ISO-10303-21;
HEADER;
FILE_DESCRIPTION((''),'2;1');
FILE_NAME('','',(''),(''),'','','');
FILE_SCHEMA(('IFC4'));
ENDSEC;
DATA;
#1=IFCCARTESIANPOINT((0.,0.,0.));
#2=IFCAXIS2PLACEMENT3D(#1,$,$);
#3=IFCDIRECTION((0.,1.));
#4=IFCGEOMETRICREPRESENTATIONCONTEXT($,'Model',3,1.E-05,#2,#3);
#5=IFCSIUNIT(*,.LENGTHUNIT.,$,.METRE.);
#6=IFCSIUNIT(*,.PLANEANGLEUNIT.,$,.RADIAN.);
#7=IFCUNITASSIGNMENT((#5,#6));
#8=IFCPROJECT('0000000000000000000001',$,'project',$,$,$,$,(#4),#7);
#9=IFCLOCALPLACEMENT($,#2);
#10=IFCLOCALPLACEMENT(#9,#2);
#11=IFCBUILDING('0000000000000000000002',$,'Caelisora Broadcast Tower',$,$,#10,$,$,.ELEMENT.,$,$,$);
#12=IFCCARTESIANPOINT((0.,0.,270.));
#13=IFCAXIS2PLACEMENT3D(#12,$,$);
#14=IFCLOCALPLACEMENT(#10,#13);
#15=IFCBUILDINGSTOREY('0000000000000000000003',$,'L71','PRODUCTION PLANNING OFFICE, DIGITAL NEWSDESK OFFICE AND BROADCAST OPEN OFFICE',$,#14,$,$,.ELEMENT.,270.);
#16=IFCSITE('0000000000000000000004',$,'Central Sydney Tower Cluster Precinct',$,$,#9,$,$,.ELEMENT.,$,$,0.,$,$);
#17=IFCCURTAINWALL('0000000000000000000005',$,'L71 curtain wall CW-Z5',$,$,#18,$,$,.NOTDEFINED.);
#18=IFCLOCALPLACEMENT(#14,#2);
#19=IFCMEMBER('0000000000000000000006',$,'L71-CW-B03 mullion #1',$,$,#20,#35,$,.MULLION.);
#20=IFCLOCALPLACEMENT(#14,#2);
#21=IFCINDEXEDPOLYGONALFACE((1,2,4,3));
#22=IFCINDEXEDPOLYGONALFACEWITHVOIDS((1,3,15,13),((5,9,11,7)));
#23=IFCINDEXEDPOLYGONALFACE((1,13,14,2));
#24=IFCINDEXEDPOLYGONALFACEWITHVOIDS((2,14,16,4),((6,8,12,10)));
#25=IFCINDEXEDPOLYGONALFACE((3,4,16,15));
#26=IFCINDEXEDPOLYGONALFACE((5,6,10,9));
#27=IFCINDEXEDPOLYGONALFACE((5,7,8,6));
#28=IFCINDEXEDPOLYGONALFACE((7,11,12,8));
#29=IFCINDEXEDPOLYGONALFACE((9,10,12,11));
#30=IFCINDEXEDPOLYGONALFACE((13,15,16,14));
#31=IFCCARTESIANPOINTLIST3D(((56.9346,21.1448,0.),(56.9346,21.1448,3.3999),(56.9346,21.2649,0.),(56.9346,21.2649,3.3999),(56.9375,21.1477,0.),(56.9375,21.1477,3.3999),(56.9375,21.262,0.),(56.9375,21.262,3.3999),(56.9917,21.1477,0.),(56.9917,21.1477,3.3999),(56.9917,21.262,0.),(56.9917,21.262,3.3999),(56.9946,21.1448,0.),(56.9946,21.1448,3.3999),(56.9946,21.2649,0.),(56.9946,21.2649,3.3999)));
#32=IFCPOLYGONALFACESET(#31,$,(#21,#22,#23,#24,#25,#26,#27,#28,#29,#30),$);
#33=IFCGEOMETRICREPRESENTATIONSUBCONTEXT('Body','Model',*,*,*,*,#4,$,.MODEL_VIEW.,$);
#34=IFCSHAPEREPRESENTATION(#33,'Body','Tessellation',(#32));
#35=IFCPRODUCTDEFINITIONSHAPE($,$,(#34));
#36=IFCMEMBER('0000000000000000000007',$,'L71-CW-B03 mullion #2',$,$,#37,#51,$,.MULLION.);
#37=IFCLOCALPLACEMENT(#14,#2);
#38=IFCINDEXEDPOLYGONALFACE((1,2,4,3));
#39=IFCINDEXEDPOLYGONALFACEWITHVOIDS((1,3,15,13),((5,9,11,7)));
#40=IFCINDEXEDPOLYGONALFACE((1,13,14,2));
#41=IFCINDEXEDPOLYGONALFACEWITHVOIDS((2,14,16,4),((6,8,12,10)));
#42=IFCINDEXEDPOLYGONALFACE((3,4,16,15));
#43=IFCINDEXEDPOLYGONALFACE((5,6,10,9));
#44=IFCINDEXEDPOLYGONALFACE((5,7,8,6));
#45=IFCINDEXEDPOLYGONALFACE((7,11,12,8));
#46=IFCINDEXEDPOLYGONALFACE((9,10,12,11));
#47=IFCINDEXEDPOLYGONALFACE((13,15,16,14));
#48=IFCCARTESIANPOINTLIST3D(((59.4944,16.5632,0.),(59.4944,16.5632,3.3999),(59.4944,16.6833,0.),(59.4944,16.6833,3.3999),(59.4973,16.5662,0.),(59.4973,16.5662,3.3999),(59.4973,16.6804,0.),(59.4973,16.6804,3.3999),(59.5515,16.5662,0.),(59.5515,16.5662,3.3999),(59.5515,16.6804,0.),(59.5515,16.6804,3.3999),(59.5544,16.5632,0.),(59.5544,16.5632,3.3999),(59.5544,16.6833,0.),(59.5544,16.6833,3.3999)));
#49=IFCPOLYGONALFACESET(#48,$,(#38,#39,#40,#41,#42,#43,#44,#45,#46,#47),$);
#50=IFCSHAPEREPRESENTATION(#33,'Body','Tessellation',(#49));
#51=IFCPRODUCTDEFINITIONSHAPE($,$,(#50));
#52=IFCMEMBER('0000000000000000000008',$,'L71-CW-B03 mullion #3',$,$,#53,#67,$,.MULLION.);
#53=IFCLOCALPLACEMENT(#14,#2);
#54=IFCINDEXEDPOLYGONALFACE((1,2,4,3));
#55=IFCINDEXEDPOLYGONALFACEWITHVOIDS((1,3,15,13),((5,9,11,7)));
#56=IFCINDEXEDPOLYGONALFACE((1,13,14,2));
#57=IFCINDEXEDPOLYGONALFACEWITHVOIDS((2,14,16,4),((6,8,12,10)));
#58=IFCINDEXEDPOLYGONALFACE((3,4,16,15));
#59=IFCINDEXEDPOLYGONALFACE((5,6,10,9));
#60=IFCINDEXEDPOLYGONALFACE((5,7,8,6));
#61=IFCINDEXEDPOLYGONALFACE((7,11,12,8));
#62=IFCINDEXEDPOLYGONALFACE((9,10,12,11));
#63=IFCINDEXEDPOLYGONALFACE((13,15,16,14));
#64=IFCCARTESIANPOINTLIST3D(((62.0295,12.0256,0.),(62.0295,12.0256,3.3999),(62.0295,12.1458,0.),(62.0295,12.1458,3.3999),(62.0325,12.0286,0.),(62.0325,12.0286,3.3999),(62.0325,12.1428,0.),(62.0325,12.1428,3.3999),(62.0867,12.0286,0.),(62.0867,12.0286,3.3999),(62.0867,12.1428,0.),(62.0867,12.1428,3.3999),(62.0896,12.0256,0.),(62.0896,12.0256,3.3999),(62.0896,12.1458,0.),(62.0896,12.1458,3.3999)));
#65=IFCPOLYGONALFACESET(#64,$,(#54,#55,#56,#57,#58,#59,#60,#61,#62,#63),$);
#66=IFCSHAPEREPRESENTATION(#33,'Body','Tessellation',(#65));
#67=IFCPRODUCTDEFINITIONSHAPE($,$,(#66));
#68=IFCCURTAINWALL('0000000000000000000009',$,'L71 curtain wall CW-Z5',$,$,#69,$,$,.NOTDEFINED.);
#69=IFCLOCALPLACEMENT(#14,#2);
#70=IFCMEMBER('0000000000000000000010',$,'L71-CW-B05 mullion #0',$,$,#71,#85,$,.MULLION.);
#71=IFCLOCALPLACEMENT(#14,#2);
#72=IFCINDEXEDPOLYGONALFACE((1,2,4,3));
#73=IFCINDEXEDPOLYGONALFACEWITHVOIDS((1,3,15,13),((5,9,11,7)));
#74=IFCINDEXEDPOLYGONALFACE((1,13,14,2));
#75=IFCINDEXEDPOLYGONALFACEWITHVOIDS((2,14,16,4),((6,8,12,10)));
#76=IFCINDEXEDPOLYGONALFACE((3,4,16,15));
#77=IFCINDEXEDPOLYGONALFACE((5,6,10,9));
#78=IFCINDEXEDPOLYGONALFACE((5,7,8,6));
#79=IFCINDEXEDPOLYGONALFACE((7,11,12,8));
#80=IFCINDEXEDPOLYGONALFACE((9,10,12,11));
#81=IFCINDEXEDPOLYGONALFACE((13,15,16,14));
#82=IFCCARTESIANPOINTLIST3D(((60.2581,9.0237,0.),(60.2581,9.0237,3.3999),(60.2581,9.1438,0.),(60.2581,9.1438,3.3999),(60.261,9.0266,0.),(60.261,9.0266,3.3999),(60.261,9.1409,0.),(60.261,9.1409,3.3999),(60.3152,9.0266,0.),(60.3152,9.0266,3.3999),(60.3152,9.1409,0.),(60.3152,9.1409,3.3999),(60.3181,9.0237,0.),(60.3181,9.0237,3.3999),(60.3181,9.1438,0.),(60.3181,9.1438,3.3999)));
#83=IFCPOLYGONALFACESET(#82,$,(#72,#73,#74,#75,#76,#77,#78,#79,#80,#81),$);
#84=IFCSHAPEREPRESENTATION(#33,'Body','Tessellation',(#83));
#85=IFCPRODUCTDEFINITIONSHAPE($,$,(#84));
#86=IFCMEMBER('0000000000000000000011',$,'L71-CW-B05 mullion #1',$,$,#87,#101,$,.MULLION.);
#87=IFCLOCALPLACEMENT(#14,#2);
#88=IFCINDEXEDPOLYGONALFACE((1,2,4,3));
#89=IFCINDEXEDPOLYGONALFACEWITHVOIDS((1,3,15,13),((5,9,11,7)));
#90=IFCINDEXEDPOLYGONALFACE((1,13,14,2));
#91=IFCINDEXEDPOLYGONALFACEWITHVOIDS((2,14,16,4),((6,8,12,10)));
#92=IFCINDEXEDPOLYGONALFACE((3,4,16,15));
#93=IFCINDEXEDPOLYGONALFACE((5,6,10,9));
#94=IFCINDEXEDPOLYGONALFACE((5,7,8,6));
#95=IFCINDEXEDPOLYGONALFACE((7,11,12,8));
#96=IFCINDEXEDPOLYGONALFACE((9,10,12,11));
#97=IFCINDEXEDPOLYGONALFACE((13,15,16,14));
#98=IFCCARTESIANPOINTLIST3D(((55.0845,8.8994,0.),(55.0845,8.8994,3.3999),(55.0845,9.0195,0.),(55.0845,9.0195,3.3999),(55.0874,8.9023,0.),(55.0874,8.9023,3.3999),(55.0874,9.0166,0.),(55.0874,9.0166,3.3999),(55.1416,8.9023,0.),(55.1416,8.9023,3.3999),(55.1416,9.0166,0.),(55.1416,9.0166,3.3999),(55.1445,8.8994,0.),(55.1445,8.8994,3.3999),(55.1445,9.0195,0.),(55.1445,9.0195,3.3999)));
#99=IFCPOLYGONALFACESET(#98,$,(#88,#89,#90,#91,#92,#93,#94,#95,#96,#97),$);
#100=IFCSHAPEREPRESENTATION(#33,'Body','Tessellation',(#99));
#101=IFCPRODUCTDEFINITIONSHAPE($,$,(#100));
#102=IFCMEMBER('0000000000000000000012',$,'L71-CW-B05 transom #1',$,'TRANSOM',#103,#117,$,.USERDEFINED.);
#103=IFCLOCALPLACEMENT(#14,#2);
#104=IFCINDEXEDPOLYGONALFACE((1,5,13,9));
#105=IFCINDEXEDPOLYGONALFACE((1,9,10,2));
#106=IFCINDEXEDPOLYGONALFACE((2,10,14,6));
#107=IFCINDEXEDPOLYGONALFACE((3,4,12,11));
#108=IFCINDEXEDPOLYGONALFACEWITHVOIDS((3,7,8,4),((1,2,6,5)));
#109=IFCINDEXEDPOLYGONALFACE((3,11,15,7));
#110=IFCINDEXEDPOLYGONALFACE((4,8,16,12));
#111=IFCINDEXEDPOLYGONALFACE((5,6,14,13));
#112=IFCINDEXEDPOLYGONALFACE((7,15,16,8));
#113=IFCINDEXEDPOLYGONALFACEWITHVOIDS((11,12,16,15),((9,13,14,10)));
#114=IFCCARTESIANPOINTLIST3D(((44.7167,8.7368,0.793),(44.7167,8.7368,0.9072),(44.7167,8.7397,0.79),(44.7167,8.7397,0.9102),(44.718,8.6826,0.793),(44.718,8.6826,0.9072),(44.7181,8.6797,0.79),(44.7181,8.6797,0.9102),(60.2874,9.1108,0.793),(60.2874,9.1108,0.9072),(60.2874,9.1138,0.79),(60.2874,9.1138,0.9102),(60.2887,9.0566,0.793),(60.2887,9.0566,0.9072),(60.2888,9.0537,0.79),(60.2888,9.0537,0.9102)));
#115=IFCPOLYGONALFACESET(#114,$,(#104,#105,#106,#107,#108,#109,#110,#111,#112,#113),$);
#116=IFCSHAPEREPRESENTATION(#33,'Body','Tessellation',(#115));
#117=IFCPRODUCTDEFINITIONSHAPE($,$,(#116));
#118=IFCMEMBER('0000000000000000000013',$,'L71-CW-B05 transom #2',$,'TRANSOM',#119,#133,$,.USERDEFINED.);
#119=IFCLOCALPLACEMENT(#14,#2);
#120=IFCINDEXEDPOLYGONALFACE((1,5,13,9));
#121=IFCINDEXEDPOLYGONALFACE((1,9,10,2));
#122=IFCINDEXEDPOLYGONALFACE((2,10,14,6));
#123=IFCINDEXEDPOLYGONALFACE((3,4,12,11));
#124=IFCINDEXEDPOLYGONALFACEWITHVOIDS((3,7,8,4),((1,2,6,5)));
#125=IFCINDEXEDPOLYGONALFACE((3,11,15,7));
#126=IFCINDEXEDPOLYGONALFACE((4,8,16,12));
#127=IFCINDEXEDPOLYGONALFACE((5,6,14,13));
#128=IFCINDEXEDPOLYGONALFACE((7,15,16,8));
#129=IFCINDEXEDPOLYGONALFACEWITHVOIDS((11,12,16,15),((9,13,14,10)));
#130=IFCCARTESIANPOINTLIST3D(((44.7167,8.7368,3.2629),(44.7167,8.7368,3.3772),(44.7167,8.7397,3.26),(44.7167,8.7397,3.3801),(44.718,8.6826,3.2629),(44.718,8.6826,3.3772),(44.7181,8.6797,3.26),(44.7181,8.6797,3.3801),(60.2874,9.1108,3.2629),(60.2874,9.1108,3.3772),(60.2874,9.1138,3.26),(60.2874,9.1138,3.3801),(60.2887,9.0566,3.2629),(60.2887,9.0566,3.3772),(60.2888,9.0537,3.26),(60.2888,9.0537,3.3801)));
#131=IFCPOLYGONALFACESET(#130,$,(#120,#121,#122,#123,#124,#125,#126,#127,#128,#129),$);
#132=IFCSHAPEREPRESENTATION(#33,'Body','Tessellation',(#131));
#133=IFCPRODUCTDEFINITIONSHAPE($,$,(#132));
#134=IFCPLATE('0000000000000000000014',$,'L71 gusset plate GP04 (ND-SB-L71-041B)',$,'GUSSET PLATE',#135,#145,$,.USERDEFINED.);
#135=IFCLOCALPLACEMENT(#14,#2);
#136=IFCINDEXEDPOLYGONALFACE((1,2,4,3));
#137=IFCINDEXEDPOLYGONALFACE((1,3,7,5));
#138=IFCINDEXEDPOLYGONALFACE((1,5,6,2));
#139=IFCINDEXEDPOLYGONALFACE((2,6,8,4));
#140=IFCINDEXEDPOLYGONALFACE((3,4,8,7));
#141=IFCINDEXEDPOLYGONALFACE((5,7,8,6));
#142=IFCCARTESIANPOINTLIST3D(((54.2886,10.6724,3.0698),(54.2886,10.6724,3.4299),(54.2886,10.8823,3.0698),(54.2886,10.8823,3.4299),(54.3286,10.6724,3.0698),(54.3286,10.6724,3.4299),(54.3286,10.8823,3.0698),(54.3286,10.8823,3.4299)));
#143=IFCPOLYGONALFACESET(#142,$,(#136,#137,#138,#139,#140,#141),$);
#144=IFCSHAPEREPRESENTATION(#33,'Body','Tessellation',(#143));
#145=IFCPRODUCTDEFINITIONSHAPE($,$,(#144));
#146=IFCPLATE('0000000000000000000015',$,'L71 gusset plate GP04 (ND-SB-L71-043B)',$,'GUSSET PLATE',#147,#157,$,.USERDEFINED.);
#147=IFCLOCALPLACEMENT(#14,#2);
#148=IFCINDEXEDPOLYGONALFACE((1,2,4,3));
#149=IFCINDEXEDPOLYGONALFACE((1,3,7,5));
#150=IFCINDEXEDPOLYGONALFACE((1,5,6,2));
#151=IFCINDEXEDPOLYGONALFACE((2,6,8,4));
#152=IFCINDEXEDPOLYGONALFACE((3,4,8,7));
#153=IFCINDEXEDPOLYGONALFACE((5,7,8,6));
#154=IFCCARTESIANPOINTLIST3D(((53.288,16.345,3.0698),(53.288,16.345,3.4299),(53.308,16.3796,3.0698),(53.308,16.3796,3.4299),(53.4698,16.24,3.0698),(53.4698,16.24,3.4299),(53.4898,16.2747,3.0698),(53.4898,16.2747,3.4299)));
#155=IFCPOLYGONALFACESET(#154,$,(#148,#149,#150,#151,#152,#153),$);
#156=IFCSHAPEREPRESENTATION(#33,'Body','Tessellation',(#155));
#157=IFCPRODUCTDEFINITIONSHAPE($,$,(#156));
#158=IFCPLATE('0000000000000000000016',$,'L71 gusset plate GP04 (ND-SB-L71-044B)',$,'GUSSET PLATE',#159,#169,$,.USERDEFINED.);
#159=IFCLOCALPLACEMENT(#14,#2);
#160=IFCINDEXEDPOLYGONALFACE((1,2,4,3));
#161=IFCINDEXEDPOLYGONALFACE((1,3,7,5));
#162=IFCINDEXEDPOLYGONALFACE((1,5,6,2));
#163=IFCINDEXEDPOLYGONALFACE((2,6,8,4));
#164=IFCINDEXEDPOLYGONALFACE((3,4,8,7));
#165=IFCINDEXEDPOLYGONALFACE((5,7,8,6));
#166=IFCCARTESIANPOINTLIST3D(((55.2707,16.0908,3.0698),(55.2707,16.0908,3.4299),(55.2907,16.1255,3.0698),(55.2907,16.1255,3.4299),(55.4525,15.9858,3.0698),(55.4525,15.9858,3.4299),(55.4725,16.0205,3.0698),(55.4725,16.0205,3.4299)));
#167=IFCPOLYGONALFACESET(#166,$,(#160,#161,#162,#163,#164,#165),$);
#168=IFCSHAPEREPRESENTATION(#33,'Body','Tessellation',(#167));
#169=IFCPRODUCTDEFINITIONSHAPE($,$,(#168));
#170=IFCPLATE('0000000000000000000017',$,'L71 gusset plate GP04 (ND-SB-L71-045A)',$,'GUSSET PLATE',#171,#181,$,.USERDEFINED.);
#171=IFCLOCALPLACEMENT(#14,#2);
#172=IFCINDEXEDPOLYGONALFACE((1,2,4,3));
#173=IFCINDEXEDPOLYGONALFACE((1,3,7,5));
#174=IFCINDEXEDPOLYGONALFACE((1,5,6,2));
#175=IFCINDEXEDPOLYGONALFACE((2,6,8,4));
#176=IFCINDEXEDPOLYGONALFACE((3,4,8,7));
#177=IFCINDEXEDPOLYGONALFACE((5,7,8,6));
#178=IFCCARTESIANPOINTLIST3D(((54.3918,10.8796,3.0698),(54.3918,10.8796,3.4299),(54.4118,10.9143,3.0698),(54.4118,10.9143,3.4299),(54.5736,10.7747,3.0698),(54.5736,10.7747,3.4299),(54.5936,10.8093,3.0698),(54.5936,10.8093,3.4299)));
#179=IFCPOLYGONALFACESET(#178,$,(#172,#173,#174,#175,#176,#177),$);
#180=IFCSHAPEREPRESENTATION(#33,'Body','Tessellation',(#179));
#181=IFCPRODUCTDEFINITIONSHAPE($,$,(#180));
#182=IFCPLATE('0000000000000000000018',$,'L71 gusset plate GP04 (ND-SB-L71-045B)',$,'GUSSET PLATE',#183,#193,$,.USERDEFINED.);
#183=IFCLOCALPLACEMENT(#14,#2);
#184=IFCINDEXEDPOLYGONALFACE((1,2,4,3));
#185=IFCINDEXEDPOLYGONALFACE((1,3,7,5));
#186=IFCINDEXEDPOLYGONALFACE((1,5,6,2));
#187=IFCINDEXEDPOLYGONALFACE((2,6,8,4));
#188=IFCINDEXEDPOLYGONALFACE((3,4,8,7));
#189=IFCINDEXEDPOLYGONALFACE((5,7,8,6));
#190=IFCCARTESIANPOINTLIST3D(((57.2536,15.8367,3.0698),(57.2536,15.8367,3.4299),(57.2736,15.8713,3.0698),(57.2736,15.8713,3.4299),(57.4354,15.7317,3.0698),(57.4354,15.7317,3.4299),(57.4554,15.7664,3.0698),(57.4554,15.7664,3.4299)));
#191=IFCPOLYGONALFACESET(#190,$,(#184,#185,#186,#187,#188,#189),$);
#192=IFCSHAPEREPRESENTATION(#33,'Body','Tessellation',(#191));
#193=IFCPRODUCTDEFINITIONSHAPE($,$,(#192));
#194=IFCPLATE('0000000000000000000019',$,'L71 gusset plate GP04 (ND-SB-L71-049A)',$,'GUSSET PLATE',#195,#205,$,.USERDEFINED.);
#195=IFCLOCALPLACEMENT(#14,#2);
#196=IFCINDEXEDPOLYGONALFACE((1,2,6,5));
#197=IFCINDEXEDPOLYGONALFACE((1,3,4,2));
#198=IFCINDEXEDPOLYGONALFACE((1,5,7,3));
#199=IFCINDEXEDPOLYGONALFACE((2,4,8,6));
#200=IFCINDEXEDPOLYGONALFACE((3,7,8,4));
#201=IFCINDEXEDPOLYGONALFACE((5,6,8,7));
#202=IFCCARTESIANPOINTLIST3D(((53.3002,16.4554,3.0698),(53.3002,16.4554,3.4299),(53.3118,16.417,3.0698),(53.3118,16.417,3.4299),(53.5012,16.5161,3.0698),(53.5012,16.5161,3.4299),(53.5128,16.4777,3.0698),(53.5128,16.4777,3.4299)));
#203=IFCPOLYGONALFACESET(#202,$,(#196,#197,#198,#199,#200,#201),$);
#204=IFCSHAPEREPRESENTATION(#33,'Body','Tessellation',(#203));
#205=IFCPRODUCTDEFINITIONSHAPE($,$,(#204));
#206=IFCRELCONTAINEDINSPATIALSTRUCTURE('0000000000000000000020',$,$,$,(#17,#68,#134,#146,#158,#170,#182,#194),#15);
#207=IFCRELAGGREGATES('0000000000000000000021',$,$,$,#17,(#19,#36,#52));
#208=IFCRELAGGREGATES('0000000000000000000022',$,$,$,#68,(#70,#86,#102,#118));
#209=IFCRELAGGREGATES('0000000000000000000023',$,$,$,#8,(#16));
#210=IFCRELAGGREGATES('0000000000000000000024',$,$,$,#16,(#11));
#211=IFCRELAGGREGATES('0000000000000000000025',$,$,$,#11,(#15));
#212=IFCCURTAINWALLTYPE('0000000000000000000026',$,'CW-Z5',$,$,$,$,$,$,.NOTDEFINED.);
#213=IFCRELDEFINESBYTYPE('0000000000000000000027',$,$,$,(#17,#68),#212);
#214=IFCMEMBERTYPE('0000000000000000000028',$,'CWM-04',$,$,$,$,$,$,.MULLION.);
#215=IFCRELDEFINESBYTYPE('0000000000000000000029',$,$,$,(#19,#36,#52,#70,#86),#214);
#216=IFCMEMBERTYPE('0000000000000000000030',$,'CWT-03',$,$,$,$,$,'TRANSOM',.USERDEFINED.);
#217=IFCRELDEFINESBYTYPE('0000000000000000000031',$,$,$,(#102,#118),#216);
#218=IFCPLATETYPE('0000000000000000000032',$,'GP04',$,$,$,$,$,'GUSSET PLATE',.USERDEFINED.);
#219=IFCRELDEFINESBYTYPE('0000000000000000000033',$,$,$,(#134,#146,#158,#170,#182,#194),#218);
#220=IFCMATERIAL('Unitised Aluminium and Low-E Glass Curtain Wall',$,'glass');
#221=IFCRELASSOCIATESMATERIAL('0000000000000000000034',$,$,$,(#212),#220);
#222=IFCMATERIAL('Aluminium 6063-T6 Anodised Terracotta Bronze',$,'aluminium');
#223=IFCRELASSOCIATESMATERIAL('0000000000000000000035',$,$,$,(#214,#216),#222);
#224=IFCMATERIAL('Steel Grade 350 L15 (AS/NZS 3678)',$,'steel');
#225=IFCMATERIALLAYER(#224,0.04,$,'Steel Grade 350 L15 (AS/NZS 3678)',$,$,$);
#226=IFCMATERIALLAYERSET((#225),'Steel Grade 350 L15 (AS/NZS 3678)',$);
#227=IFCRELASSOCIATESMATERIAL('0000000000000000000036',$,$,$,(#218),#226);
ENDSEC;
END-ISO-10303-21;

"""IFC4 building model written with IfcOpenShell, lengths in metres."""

from ifc_helpers import new_model, si_unit, direction, frame, origin, origin_2d, place, context, subcontext, project, spatial, rectangle, hollow_rectangle, extrude, source, transform, mapped, material, layer, layer_set, material_profile, profile_set, type_object, type_shapes, element, aggregate, save


model = new_model("IFC4")

# Units and contexts
model_context = context("Model", 3, precision=1e-05, world=origin(), true_north=direction((0.0, 1.0)))
body_context = subcontext(model_context, "Body", "Model", "MODEL_VIEW")
ifc_project = project(units=[si_unit("LENGTHUNIT", "METRE"), si_unit("PLANEANGLEUNIT", "RADIAN")], contexts=[model_context])

# Site, building, storey
site_placement = place(None, origin())
site = spatial("IfcSite", under=ifc_project, at=site_placement, Name="Central Sydney Tower Cluster Precinct", CompositionType="ELEMENT", RefElevation=0.0)
building_placement = place(site_placement, origin())
building = spatial("IfcBuilding", under=site, at=building_placement, Name="Caelisora Broadcast Tower", CompositionType="ELEMENT")
storey_placement = place(building_placement, frame((0.0, 0.0, 270.0)))
storey = spatial("IfcBuildingStorey", under=building, at=storey_placement, Name="L71", Description="PRODUCTION PLANNING OFFICE, DIGITAL NEWSDESK OFFICE AND BROADCAST OPEN OFFICE", CompositionType="ELEMENT", Elevation=270.0)

# Shared definitions
ifc_material_1 = material(Name="Steel Grade 350 L15 (AS/NZS 3678)", Category="steel")

# Curtain walls, members
ifc_material_2 = material(Name="Unitised Aluminium and Low-E Glass Curtain Wall", Category="glass")
curtain_wall_type = type_object("IfcCurtainWallType", Name="CW-Z5", PredefinedType="NOTDEFINED", material=ifc_material_2)
curtain_wall_1_placement = place(storey_placement, origin())
curtain_wall_1 = element("IfcCurtainWall", 1, at=curtain_wall_1_placement, inside=storey, type_object=curtain_wall_type, Name="L71 curtain wall CW-Z5", PredefinedType="NOTDEFINED")
ifc_material_3 = material(Name="Aluminium 6063-T6 Anodised Terracotta Bronze", Category="aluminium")
ifc_material_profile_1 = material_profile(ifc_material_3, hollow_rectangle(XDim=0.0601, YDim=0.1201, WallThickness=0.0029, at=origin_2d()), Name="Aluminium 6063-T6 Anodised Terracotta Bronze")
ifc_profile_set_1 = profile_set([ifc_material_profile_1], Name="Aluminium 6063-T6 Anodised Terracotta Bronze")
member_type_1 = type_object("IfcMemberType", Name="CWM-04", PredefinedType="MULLION", material=ifc_profile_set_1)
shared_shape_1 = source(origin(), body_context, "Body", "SweptSolid", [
    extrude(hollow_rectangle(XDim=0.0601, YDim=0.1201, WallThickness=0.0029, at=origin_2d()), origin(), (0.0, 0.0, 1.0), 3.3999),
])
type_shapes(member_type_1, [shared_shape_1])
member_1_placement = place(storey_placement, frame((56.9646, 21.2048, 0.0), z_axis=(0.0, 0.0, 1.0), x_axis=(1.0, 0.0, 0.0)))
member_1 = element("IfcMember", 2, at=member_1_placement, type_object=member_type_1, Name="L71-CW-B03 mullion #1", PredefinedType="MULLION", context=body_context, shape_type="MappedRepresentation", body=[
    mapped(shared_shape_1, transform((0.0, 0.0, 0.0), scale=1.0)),
])
member_2_placement = place(storey_placement, frame((59.5244, 16.6233, 0.0), z_axis=(0.0, 0.0, 1.0), x_axis=(1.0, 0.0, 0.0)))
member_2 = element("IfcMember", 3, at=member_2_placement, type_object=member_type_1, Name="L71-CW-B03 mullion #2", PredefinedType="MULLION", context=body_context, shape_type="MappedRepresentation", body=[
    mapped(shared_shape_1, transform((0.0, 0.0, 0.0), scale=1.0)),
])
member_3_placement = place(storey_placement, frame((62.0596, 12.0857, 0.0), z_axis=(0.0, 0.0, 1.0), x_axis=(1.0, 0.0, 0.0)))
member_3 = element("IfcMember", 4, at=member_3_placement, type_object=member_type_1, Name="L71-CW-B03 mullion #3", PredefinedType="MULLION", context=body_context, shape_type="MappedRepresentation", body=[
    mapped(shared_shape_1, transform((0.0, 0.0, 0.0), scale=1.0)),
])
curtain_wall_2_placement = place(storey_placement, origin())
curtain_wall_2 = element("IfcCurtainWall", 5, at=curtain_wall_2_placement, inside=storey, type_object=curtain_wall_type, Name="L71 curtain wall CW-Z5", PredefinedType="NOTDEFINED")
member_4_placement = place(storey_placement, frame((60.2881, 9.0837, 0.0), z_axis=(0.0, 0.0, 1.0), x_axis=(1.0, 0.0, 0.0)))
member_4 = element("IfcMember", 6, at=member_4_placement, type_object=member_type_1, Name="L71-CW-B05 mullion #0", PredefinedType="MULLION", context=body_context, shape_type="MappedRepresentation", body=[
    mapped(shared_shape_1, transform((0.0, 0.0, 0.0), scale=1.0)),
])
member_5_placement = place(storey_placement, frame((55.1145, 8.9595, 0.0), z_axis=(0.0, 0.0, 1.0), x_axis=(1.0, 0.0, 0.0)))
member_5 = element("IfcMember", 7, at=member_5_placement, type_object=member_type_1, Name="L71-CW-B05 mullion #1", PredefinedType="MULLION", context=body_context, shape_type="MappedRepresentation", body=[
    mapped(shared_shape_1, transform((0.0, 0.0, 0.0), scale=1.0)),
])
ifc_material_profile_2 = material_profile(ifc_material_3, hollow_rectangle(XDim=0.0601, YDim=0.1201, WallThickness=0.0029, at=origin_2d()), Name="Aluminium 6063-T6 Anodised Terracotta Bronze")
ifc_profile_set_2 = profile_set([ifc_material_profile_2], Name="Aluminium 6063-T6 Anodised Terracotta Bronze")
member_type_2 = type_object("IfcMemberType", Name="CWT-03", ElementType="TRANSOM", PredefinedType="USERDEFINED", material=ifc_profile_set_2)
shared_shape_2 = source(origin(), body_context, "Body", "SweptSolid", [
    extrude(hollow_rectangle(XDim=0.0601, YDim=0.1201, WallThickness=0.0029, at=origin_2d()), origin(), (0.0, 0.0, 1.0), 15.5752),
])
type_shapes(member_type_2, [shared_shape_2])
member_6_placement = place(storey_placement, frame((60.2881, 9.0837, 0.8501), z_axis=(-0.999712, -0.024014, 0.0), x_axis=(0.024014, -0.999712, 0.0)))
member_6 = element("IfcMember", 8, at=member_6_placement, type_object=member_type_2, Name="L71-CW-B05 transom #1", ObjectType="TRANSOM", PredefinedType="USERDEFINED", context=body_context, shape_type="MappedRepresentation", body=[
    mapped(shared_shape_2, transform((0.0, 0.0, 0.0), scale=1.0)),
])
member_7_placement = place(storey_placement, frame((60.2881, 9.0837, 3.3201), z_axis=(-0.999712, -0.024014, 0.0), x_axis=(0.024014, -0.999712, 0.0)))
member_7 = element("IfcMember", 9, at=member_7_placement, type_object=member_type_2, Name="L71-CW-B05 transom #2", ObjectType="TRANSOM", PredefinedType="USERDEFINED", context=body_context, shape_type="MappedRepresentation", body=[
    mapped(shared_shape_2, transform((0.0, 0.0, 0.0), scale=1.0)),
])

# Plates
ifc_layer_1 = layer(ifc_material_1, 0.04, Name="Steel Grade 350 L15 (AS/NZS 3678)")
ifc_layer_set_1 = layer_set([ifc_layer_1], Name="Steel Grade 350 L15 (AS/NZS 3678)")
plate_type_1 = type_object("IfcPlateType", Name="GP04", ElementType="GUSSET PLATE", PredefinedType="USERDEFINED", material=ifc_layer_set_1)
shared_shape_3 = source(origin(), body_context, "Body", "SweptSolid", [
    extrude(rectangle(XDim=0.21, YDim=0.04, at=origin_2d()), origin(), (0.0, 0.0, 1.0), 0.3601),
])
type_shapes(plate_type_1, [shared_shape_3])
for number, where, z_axis, x_axis, name in (
    (10, (54.3086, 10.7773, 3.0698), (0.0, 0.0, 1.0), (0.0, 1.0, 0.0), "L71 gusset plate GP04 (ND-SB-L71-041B)"),
    (11, (53.3889, 16.3098, 3.0698), (0.0, 0.0, 1.0), (-0.866025, 0.5, 0.0), "L71 gusset plate GP04 (ND-SB-L71-043B)"),
    (12, (55.3716, 16.0557, 3.0698), (0.0, 0.0, 1.0), (-0.866025, 0.5, 0.0), "L71 gusset plate GP04 (ND-SB-L71-044B)"),
    (13, (54.4927, 10.8445, 3.0698), (0.0, 0.0, 1.0), (-0.866025, 0.5, 0.0), "L71 gusset plate GP04 (ND-SB-L71-045A)"),
    (14, (57.3545, 15.8015, 3.0698), (0.0, 0.0, 1.0), (-0.866025, 0.5, 0.0), "L71 gusset plate GP04 (ND-SB-L71-045B)"),
    (15, (53.4065, 16.4666, 3.0698), (0.0, 0.0, 1.0), (-0.957319, -0.289032, 0.0), "L71 gusset plate GP04 (ND-SB-L71-049A)"),
):
    element("IfcPlate", number, at=place(storey_placement, frame(where, z_axis=z_axis, x_axis=x_axis)), inside=storey, type_object=plate_type_1, Name=name, ObjectType="GUSSET PLATE", PredefinedType="USERDEFINED", context=body_context, shape_type="MappedRepresentation", body=[
        mapped(shared_shape_3, transform((0.0, 0.0, 0.0), scale=1.0)),
    ])

aggregate(curtain_wall_1, [member_1, member_2, member_3])
aggregate(curtain_wall_2, [member_4, member_5, member_6, member_7])

save(model, "model.ifc")
